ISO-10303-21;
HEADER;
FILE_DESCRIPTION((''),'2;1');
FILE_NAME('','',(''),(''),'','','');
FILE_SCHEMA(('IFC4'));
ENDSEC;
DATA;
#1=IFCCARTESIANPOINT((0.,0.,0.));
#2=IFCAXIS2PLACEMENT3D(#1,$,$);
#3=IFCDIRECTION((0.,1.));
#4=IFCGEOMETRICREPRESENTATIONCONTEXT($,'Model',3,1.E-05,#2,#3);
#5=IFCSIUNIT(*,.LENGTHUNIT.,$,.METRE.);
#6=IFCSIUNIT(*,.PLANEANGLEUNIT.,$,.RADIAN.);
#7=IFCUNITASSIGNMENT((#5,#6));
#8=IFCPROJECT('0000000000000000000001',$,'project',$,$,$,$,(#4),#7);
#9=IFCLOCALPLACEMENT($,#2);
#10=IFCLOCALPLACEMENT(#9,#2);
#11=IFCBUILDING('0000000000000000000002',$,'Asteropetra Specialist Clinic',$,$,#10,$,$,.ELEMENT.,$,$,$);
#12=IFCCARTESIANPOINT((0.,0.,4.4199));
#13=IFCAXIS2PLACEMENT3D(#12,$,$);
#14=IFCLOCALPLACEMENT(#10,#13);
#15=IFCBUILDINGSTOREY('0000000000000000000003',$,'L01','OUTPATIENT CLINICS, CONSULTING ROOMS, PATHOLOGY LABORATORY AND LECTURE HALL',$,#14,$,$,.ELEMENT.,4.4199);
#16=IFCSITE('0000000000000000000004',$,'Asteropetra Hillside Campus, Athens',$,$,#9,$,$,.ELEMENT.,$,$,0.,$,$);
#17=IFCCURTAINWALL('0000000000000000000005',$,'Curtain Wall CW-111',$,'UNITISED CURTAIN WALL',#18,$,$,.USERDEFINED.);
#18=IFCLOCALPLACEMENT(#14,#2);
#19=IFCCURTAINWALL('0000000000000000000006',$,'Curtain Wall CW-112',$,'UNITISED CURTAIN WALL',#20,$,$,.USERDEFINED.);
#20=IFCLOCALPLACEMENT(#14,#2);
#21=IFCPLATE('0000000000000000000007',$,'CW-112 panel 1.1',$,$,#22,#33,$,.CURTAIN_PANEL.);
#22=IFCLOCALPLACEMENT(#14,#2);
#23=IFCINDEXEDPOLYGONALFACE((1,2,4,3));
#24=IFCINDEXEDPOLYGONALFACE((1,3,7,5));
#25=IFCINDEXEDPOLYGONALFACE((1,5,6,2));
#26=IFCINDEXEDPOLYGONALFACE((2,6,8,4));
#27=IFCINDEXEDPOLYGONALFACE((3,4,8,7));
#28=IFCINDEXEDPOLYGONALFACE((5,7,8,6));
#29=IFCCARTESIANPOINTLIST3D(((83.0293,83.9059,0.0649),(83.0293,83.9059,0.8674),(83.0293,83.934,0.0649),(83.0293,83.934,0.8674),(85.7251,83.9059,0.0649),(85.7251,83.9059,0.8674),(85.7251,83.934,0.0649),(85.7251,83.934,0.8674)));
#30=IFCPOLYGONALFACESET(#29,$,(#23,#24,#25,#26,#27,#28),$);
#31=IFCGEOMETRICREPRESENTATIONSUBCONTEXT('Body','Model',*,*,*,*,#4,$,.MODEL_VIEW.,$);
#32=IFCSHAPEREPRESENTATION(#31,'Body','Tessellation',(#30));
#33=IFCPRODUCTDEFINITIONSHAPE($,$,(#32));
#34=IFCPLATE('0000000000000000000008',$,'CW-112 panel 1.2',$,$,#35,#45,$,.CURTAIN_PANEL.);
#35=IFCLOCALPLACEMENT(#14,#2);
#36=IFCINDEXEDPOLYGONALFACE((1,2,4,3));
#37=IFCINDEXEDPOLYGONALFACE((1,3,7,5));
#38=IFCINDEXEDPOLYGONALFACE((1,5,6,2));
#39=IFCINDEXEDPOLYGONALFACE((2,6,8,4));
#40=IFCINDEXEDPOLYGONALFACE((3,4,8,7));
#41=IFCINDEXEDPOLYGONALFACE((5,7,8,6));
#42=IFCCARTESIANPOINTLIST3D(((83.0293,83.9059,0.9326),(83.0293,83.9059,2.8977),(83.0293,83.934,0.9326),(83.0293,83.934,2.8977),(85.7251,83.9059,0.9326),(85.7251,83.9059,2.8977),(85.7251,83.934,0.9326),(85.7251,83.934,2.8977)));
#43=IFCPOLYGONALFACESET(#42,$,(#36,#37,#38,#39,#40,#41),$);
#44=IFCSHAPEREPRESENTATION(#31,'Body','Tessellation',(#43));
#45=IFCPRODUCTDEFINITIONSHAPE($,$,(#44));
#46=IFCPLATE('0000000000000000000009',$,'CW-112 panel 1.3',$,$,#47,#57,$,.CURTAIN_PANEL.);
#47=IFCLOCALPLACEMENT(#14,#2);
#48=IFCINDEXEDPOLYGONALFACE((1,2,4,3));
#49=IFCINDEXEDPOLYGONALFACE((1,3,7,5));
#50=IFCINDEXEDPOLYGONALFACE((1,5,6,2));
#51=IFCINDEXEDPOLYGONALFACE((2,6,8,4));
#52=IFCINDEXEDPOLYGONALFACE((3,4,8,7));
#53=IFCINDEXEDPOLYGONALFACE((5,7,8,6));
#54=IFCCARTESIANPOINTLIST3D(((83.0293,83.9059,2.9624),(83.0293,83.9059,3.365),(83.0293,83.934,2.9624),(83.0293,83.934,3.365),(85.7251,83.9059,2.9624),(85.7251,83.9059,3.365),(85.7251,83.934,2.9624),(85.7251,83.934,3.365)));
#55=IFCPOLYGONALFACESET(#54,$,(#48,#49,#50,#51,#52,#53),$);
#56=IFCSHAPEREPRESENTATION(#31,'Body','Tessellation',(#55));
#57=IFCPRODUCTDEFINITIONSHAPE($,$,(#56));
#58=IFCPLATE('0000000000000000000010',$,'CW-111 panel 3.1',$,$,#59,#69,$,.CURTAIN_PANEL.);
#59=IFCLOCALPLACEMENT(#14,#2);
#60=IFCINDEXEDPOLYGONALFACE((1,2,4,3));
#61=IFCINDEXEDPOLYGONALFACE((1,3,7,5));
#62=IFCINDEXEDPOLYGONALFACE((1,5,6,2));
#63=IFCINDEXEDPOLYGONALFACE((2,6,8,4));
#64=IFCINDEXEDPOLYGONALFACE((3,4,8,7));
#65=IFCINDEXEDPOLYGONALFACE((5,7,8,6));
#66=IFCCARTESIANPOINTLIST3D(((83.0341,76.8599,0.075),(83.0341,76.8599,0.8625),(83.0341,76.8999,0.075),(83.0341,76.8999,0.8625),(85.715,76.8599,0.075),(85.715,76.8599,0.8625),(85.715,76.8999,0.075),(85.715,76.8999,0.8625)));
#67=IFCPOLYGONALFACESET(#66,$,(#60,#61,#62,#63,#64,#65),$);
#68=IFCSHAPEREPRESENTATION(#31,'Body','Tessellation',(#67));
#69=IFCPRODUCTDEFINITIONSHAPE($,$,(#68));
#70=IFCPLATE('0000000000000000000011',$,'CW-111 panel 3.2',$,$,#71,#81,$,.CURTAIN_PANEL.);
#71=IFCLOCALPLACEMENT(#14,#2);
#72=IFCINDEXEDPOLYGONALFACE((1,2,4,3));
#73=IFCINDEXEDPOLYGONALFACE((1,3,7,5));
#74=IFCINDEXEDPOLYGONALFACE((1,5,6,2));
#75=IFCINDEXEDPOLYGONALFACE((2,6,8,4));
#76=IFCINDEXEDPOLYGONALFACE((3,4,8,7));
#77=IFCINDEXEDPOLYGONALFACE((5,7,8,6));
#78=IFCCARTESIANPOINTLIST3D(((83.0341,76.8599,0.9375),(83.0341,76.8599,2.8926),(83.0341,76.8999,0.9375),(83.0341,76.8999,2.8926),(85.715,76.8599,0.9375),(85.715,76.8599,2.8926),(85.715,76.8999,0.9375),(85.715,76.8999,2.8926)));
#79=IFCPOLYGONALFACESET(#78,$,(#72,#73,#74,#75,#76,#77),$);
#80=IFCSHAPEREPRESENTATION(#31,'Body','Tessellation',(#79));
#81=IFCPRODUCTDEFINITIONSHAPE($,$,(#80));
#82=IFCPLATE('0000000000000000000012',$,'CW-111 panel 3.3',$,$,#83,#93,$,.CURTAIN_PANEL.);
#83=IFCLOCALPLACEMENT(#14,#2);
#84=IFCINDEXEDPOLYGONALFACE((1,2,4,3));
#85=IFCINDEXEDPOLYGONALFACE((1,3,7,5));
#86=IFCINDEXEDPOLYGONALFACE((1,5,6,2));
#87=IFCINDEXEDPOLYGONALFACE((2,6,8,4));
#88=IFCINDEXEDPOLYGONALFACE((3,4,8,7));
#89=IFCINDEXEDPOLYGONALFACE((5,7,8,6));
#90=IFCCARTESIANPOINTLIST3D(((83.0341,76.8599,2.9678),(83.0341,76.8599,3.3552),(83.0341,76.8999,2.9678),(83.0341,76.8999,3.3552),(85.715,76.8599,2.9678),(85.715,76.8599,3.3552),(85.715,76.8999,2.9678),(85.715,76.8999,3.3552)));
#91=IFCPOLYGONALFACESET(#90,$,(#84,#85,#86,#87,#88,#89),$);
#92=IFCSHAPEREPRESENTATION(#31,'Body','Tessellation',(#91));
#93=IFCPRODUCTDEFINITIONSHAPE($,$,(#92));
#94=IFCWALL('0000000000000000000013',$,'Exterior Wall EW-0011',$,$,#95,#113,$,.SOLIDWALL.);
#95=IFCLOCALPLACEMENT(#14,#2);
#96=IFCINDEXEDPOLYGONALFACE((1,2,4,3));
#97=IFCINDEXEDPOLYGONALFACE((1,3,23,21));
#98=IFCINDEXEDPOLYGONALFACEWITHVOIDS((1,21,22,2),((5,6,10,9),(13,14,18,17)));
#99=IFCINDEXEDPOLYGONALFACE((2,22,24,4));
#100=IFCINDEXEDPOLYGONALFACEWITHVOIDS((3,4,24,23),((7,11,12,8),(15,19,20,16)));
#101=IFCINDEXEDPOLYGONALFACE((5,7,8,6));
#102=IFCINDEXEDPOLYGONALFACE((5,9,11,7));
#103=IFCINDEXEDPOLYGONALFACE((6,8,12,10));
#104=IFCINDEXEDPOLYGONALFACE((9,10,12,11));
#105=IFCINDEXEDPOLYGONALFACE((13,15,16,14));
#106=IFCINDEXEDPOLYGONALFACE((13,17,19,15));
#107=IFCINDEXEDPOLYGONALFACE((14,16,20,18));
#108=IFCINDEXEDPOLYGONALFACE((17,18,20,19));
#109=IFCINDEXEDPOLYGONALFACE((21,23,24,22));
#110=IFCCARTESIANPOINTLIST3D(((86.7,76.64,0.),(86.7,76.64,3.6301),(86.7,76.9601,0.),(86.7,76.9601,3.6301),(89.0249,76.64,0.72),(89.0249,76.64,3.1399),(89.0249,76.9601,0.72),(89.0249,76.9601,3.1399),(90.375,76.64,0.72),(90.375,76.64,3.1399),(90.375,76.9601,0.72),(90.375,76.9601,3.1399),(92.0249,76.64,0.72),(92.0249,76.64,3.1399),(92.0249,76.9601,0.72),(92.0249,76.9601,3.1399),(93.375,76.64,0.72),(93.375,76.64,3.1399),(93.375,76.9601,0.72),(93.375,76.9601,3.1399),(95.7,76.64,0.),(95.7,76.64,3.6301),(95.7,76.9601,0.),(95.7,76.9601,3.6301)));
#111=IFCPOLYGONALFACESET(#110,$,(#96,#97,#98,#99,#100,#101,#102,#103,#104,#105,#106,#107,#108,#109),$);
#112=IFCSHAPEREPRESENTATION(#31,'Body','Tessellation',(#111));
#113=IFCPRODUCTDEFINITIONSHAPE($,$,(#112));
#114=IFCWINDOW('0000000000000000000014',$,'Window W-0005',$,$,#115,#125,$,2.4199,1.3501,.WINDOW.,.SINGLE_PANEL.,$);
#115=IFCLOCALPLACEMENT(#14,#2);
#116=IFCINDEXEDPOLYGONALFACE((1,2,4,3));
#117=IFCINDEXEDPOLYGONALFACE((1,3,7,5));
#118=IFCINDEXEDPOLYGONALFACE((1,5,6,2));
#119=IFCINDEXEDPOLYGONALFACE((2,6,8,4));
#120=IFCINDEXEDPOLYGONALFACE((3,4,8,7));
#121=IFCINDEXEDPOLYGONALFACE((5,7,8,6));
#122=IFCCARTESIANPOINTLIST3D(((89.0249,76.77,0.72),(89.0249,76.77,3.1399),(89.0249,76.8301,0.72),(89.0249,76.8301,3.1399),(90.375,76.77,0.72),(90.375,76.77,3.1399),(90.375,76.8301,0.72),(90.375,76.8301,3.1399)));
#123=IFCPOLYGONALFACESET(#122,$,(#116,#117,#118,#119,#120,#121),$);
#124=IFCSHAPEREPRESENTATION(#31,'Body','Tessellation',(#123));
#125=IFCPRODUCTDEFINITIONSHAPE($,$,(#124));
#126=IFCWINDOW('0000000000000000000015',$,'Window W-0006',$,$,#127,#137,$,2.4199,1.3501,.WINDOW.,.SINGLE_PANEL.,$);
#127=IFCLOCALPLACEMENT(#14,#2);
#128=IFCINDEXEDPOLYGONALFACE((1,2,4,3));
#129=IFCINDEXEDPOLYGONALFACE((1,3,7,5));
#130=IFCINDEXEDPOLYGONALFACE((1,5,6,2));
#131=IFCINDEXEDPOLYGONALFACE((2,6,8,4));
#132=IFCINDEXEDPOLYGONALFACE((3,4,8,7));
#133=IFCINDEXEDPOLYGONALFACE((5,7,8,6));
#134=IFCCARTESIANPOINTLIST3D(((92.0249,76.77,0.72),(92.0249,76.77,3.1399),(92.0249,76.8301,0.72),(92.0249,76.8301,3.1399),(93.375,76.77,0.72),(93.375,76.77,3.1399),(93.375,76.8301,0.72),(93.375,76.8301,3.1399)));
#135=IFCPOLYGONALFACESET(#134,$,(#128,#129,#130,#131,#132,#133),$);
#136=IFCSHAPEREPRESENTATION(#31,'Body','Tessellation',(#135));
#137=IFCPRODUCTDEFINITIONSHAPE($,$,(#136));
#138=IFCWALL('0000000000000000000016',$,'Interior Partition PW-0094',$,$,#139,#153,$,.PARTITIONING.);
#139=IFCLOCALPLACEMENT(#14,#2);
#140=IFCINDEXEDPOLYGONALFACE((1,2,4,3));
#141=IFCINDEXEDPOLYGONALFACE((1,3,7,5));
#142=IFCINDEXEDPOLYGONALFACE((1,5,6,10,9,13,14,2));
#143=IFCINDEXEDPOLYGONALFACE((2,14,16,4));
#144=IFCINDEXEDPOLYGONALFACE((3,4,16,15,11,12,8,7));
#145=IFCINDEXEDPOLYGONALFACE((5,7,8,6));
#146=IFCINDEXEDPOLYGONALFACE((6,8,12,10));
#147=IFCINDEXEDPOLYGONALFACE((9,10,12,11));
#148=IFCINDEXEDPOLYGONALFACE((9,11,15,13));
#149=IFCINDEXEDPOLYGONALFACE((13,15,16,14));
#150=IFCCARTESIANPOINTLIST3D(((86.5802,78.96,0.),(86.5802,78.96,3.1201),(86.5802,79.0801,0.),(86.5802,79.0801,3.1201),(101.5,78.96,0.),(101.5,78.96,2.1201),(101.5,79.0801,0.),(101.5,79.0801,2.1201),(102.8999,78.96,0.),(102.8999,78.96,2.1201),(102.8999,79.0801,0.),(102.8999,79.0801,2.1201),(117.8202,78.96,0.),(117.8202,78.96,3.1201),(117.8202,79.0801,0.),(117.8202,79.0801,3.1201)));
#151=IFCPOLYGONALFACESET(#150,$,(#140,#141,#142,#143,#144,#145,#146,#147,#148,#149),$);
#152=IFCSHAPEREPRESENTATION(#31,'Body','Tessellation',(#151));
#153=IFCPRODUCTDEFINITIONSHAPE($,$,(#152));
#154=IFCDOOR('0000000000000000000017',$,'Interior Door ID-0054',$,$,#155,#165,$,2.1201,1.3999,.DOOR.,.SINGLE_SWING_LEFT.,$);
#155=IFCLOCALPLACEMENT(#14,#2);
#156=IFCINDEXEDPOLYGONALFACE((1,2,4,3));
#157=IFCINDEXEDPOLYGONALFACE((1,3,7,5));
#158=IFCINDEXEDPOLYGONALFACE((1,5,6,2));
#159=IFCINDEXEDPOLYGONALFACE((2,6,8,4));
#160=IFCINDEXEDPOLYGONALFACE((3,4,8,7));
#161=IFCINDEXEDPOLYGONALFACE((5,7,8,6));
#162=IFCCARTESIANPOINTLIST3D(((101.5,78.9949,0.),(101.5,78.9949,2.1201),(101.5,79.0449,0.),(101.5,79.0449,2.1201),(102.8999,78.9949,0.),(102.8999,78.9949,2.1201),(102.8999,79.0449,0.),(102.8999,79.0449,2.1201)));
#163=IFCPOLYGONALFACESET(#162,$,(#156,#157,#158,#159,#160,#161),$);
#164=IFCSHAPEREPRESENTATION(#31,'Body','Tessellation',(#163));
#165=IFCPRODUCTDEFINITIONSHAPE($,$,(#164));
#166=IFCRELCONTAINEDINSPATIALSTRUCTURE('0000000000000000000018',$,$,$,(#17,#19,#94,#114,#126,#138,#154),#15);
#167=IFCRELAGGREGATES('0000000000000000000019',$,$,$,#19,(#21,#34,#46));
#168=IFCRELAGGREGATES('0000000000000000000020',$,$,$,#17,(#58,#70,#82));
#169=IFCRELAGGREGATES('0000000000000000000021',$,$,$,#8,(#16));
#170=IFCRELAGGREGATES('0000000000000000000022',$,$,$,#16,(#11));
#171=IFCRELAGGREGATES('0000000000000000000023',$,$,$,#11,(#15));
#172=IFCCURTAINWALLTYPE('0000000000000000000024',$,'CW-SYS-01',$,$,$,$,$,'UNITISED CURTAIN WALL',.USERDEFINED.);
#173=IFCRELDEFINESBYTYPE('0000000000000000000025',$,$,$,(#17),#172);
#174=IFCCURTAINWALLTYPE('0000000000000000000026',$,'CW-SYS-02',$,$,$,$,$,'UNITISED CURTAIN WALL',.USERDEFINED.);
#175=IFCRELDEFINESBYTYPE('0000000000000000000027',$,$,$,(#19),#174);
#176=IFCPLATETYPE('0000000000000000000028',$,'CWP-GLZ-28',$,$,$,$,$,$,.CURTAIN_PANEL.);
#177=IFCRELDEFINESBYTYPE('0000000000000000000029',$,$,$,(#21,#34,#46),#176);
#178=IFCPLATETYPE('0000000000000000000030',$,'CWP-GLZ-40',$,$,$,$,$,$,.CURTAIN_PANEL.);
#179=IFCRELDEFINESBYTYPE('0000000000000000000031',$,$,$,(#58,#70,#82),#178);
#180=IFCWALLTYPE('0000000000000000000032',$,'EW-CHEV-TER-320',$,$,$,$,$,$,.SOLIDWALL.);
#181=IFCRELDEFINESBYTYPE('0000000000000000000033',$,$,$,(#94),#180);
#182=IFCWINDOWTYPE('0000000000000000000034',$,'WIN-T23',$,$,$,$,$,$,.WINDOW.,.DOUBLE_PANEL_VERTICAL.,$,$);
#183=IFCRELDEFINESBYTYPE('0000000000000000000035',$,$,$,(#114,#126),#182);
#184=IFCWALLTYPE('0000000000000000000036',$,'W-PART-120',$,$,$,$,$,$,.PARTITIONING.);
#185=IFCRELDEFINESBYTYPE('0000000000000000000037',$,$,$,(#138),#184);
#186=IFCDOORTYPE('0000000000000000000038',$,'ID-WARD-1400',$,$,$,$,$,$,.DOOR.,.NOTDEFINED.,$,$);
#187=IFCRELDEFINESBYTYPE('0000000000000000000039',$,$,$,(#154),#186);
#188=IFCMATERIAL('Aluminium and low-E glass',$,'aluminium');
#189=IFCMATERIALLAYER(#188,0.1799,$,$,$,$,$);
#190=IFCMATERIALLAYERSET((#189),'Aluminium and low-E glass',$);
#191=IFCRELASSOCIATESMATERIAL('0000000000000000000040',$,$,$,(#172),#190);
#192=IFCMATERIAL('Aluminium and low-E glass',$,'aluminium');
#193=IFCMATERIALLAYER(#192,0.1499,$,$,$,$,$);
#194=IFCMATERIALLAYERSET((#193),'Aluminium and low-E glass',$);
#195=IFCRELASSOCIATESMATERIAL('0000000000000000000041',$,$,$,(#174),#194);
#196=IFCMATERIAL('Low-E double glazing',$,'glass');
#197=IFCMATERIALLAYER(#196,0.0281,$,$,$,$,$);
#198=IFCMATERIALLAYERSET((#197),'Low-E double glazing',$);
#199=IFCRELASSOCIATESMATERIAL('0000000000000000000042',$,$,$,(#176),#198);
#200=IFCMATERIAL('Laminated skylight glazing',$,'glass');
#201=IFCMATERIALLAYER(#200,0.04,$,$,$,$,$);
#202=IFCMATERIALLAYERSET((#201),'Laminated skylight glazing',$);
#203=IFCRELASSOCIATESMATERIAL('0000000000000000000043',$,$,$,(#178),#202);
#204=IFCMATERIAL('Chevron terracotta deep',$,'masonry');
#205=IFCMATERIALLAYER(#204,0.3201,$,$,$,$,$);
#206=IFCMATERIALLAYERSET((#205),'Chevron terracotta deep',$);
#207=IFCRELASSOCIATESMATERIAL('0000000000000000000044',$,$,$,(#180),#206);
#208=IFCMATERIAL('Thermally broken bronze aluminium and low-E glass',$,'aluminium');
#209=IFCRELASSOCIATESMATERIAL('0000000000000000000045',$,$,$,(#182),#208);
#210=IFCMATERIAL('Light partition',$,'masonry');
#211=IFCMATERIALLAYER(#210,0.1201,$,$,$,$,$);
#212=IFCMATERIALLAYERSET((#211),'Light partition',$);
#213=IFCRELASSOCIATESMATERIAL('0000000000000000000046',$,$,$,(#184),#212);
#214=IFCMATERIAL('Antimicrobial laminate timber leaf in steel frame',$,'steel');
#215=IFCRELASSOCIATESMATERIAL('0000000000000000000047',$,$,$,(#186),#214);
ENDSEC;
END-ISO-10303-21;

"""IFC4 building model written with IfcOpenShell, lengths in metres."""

from ifc_helpers import new_model, si_unit, direction, frame, frame_2d, origin, origin_2d, place, context, subcontext, project, spatial, rectangle, extrude, material, layer, layer_set, type_object, element, fill, aggregate, save


model = new_model("IFC4")

# Units and contexts
model_context = context("Model", 3, precision=1e-05, world=origin(), true_north=direction((0.0, 1.0)))
body_context = subcontext(model_context, "Body", "Model", "MODEL_VIEW")
ifc_project = project(units=[si_unit("LENGTHUNIT", "METRE"), si_unit("PLANEANGLEUNIT", "RADIAN")], contexts=[model_context])

# Site, building, storey
site_placement = place(None, origin())
site = spatial("IfcSite", under=ifc_project, at=site_placement, Name="Asteropetra Hillside Campus, Athens", CompositionType="ELEMENT", RefElevation=0.0)
building_placement = place(site_placement, origin())
building = spatial("IfcBuilding", under=site, at=building_placement, Name="Asteropetra Specialist Clinic", CompositionType="ELEMENT")
storey_placement = place(building_placement, frame((0.0, 0.0, 4.4199)))
storey = spatial("IfcBuildingStorey", under=building, at=storey_placement, Name="L01", Description="OUTPATIENT CLINICS, CONSULTING ROOMS, PATHOLOGY LABORATORY AND LECTURE HALL", CompositionType="ELEMENT", Elevation=4.4199)

# Curtain wall
ifc_material_1 = material(Name="Aluminium and low-E glass", Category="aluminium")
ifc_layer_1 = layer(ifc_material_1, 0.1799)
ifc_layer_set_1 = layer_set([ifc_layer_1], Name="Aluminium and low-E glass")
curtain_wall_type_1 = type_object("IfcCurtainWallType", Name="CW-SYS-01", ElementType="UNITISED CURTAIN WALL", PredefinedType="USERDEFINED", material=ifc_layer_set_1)
curtain_wall_1_placement = place(storey_placement, origin())
curtain_wall_1 = element("IfcCurtainWall", 1, at=curtain_wall_1_placement, inside=storey, type_object=curtain_wall_type_1, Name="Curtain Wall CW-111", ObjectType="UNITISED CURTAIN WALL", PredefinedType="USERDEFINED")

# Curtain wall, plates
ifc_material_2 = material(Name="Aluminium and low-E glass", Category="aluminium")
ifc_layer_2 = layer(ifc_material_2, 0.1499)
ifc_layer_set_2 = layer_set([ifc_layer_2], Name="Aluminium and low-E glass")
curtain_wall_type_2 = type_object("IfcCurtainWallType", Name="CW-SYS-02", ElementType="UNITISED CURTAIN WALL", PredefinedType="USERDEFINED", material=ifc_layer_set_2)
curtain_wall_2_placement = place(storey_placement, origin())
curtain_wall_2 = element("IfcCurtainWall", 2, at=curtain_wall_2_placement, inside=storey, type_object=curtain_wall_type_2, Name="Curtain Wall CW-112", ObjectType="UNITISED CURTAIN WALL", PredefinedType="USERDEFINED")
ifc_material_3 = material(Name="Low-E double glazing", Category="glass")
ifc_layer_3 = layer(ifc_material_3, 0.0281)
ifc_layer_set_3 = layer_set([ifc_layer_3], Name="Low-E double glazing")
plate_type_1 = type_object("IfcPlateType", Name="CWP-GLZ-28", PredefinedType="CURTAIN_PANEL", material=ifc_layer_set_3)
plate_1_placement = place(storey_placement, frame((84.3772, 83.9199, 0.0649), z_axis=(0.0, 0.0, 1.0), x_axis=(-1.0, 0.0, 0.0)))
plate_1 = element("IfcPlate", 3, at=plate_1_placement, type_object=plate_type_1, Name="CW-112 panel 1.1", PredefinedType="CURTAIN_PANEL", context=body_context, shape_type="SweptSolid", body=[
    extrude(rectangle(XDim=2.6958, YDim=0.0281, at=origin_2d()), origin(), (0.0, 0.0, 1.0), 0.8025),
])
plate_2_placement = place(storey_placement, frame((84.3772, 83.9199, 0.9326), z_axis=(0.0, 0.0, 1.0), x_axis=(-1.0, 0.0, 0.0)))
plate_2 = element("IfcPlate", 4, at=plate_2_placement, type_object=plate_type_1, Name="CW-112 panel 1.2", PredefinedType="CURTAIN_PANEL", context=body_context, shape_type="SweptSolid", body=[
    extrude(rectangle(XDim=2.6958, YDim=0.0281, at=origin_2d()), origin(), (0.0, 0.0, 1.0), 1.9651),
])
plate_3_placement = place(storey_placement, frame((84.3772, 83.9199, 2.9624), z_axis=(0.0, 0.0, 1.0), x_axis=(-1.0, 0.0, 0.0)))
plate_3 = element("IfcPlate", 5, at=plate_3_placement, type_object=plate_type_1, Name="CW-112 panel 1.3", PredefinedType="CURTAIN_PANEL", context=body_context, shape_type="SweptSolid", body=[
    extrude(rectangle(XDim=2.6958, YDim=0.0281, at=origin_2d()), origin(), (0.0, 0.0, 1.0), 0.4026),
])
aggregate(curtain_wall_2, [plate_1, plate_2, plate_3])

# Plates
ifc_material_4 = material(Name="Laminated skylight glazing", Category="glass")
ifc_layer_4 = layer(ifc_material_4, 0.04)
ifc_layer_set_4 = layer_set([ifc_layer_4], Name="Laminated skylight glazing")
plate_type_2 = type_object("IfcPlateType", Name="CWP-GLZ-40", PredefinedType="CURTAIN_PANEL", material=ifc_layer_set_4)
plate_4_placement = place(storey_placement, frame((84.3745, 76.8799, 0.075), z_axis=(0.0, 0.0, 1.0), x_axis=(1.0, 0.0, 0.0)))
plate_4 = element("IfcPlate", 6, at=plate_4_placement, type_object=plate_type_2, Name="CW-111 panel 3.1", PredefinedType="CURTAIN_PANEL", context=body_context, shape_type="SweptSolid", body=[
    extrude(rectangle(XDim=2.6809, YDim=0.04, at=origin_2d()), origin(), (0.0, 0.0, 1.0), 0.7876),
])
plate_5_placement = place(storey_placement, frame((84.3745, 76.8799, 0.9375), z_axis=(0.0, 0.0, 1.0), x_axis=(1.0, 0.0, 0.0)))
plate_5 = element("IfcPlate", 7, at=plate_5_placement, type_object=plate_type_2, Name="CW-111 panel 3.2", PredefinedType="CURTAIN_PANEL", context=body_context, shape_type="SweptSolid", body=[
    extrude(rectangle(XDim=2.6809, YDim=0.04, at=origin_2d()), origin(), (0.0, 0.0, 1.0), 1.9551),
])
plate_6_placement = place(storey_placement, frame((84.3745, 76.8799, 2.9678), z_axis=(0.0, 0.0, 1.0), x_axis=(1.0, 0.0, 0.0)))
plate_6 = element("IfcPlate", 8, at=plate_6_placement, type_object=plate_type_2, Name="CW-111 panel 3.3", PredefinedType="CURTAIN_PANEL", context=body_context, shape_type="SweptSolid", body=[
    extrude(rectangle(XDim=2.6809, YDim=0.04, at=origin_2d()), origin(), (0.0, 0.0, 1.0), 0.3875),
])
aggregate(curtain_wall_1, [plate_4, plate_5, plate_6])

# Wall, openings, windows
ifc_material_5 = material(Name="Chevron terracotta deep", Category="masonry")
ifc_layer_5 = layer(ifc_material_5, 0.3201)
ifc_layer_set_5 = layer_set([ifc_layer_5], Name="Chevron terracotta deep")
wall_type_1 = type_object("IfcWallType", Name="EW-CHEV-TER-320", PredefinedType="SOLIDWALL", material=ifc_layer_set_5)
wall_1_placement = place(storey_placement, frame((86.7, 76.8, 0.0), z_axis=(0.0, 0.0, 1.0), x_axis=(1.0, 0.0, 0.0)))
wall_1 = element("IfcWall", 9, at=wall_1_placement, inside=storey, type_object=wall_type_1, Name="Exterior Wall EW-0011", PredefinedType="SOLIDWALL", context=body_context, shape_type="SweptSolid", body=[
    extrude(rectangle(XDim=9.0, YDim=0.3201, at=frame_2d((4.5, 0.0))), origin(), (0.0, 0.0, 1.0), 3.6301),
])
opening_1_placement = place(wall_1_placement, frame((2.325, 0.0, 0.72)))
opening_1 = element("IfcOpeningElement", 10, at=opening_1_placement, cuts=wall_1, PredefinedType="OPENING", context=body_context, shape_type="SweptSolid", body=[
    extrude(rectangle(XDim=1.3501, YDim=2.4199, at=frame_2d((0.675, 1.21))), frame((0.0, 0.1699, 0.0), z_axis=(0.0, -1.0, 0.0), x_axis=(1.0, 0.0, 0.0)), (0.0, 0.0, 1.0), 0.3401),
])
opening_2_placement = place(wall_1_placement, frame((5.325, 0.0, 0.72)))
opening_2 = element("IfcOpeningElement", 11, at=opening_2_placement, cuts=wall_1, PredefinedType="OPENING", context=body_context, shape_type="SweptSolid", body=[
    extrude(rectangle(XDim=1.3501, YDim=2.4199, at=frame_2d((0.675, 1.21))), frame((0.0, 0.1699, 0.0), z_axis=(0.0, -1.0, 0.0), x_axis=(1.0, 0.0, 0.0)), (0.0, 0.0, 1.0), 0.3401),
])
ifc_material_6 = material(Name="Thermally broken bronze aluminium and low-E glass", Category="aluminium")
window_type = type_object("IfcWindowType", Name="WIN-T23", PartitioningType="DOUBLE_PANEL_VERTICAL", PredefinedType="WINDOW", material=ifc_material_6)
window_1_placement = place(opening_1_placement, origin())
window_1 = element("IfcWindow", 12, at=window_1_placement, inside=storey, type_object=window_type, Name="Window W-0005", OverallHeight=2.4199, OverallWidth=1.3501, PartitioningType="SINGLE_PANEL", PredefinedType="WINDOW", context=body_context, shape_type="SweptSolid", body=[
    extrude(rectangle(XDim=1.3501, YDim=2.4199, at=frame_2d((0.675, 1.21))), frame((0.0, 0.03, 0.0), z_axis=(0.0, -1.0, 0.0), x_axis=(1.0, 0.0, 0.0)), (0.0, 0.0, 1.0), 0.0601),
])
fill(opening_1, window_1)
window_2_placement = place(opening_2_placement, origin())
window_2 = element("IfcWindow", 13, at=window_2_placement, inside=storey, type_object=window_type, Name="Window W-0006", OverallHeight=2.4199, OverallWidth=1.3501, PartitioningType="SINGLE_PANEL", PredefinedType="WINDOW", context=body_context, shape_type="SweptSolid", body=[
    extrude(rectangle(XDim=1.3501, YDim=2.4199, at=frame_2d((0.675, 1.21))), frame((0.0, 0.03, 0.0), z_axis=(0.0, -1.0, 0.0), x_axis=(1.0, 0.0, 0.0)), (0.0, 0.0, 1.0), 0.0601),
])
fill(opening_2, window_2)

# Wall, opening, door
ifc_material_7 = material(Name="Light partition", Category="masonry")
ifc_layer_6 = layer(ifc_material_7, 0.1201)
ifc_layer_set_6 = layer_set([ifc_layer_6], Name="Light partition")
wall_type_2 = type_object("IfcWallType", Name="W-PART-120", PredefinedType="PARTITIONING", material=ifc_layer_set_6)
wall_2_placement = place(storey_placement, frame((86.5801, 79.02, 0.0), z_axis=(0.0, 0.0, 1.0), x_axis=(1.0, 0.0, 0.0)))
wall_2 = element("IfcWall", 14, at=wall_2_placement, inside=storey, type_object=wall_type_2, Name="Interior Partition PW-0094", PredefinedType="PARTITIONING", context=body_context, shape_type="SweptSolid", body=[
    extrude(rectangle(XDim=31.24, YDim=0.1201, at=frame_2d((15.6201, 0.0))), origin(), (0.0, 0.0, 1.0), 3.1201),
])
opening_3_placement = place(wall_2_placement, frame((14.9199, 0.0, 0.0)))
opening_3 = element("IfcOpeningElement", 15, at=opening_3_placement, cuts=wall_2, PredefinedType="OPENING", context=body_context, shape_type="SweptSolid", body=[
    extrude(rectangle(XDim=1.3999, YDim=2.1201, at=frame_2d((0.7, 1.0601))), frame((0.0, 0.0701, 0.0), z_axis=(0.0, -1.0, 0.0), x_axis=(1.0, 0.0, 0.0)), (0.0, 0.0, 1.0), 0.1401),
])
ifc_material_8 = material(Name="Antimicrobial laminate timber leaf in steel frame", Category="steel")
door_type = type_object("IfcDoorType", Name="ID-WARD-1400", OperationType="NOTDEFINED", PredefinedType="DOOR", material=ifc_material_8)
door_placement = place(opening_3_placement, origin())
door = element("IfcDoor", 16, at=door_placement, inside=storey, type_object=door_type, Name="Interior Door ID-0054", OperationType="SINGLE_SWING_LEFT", OverallHeight=2.1201, OverallWidth=1.3999, PredefinedType="DOOR", context=body_context, shape_type="SweptSolid", body=[
    extrude(rectangle(XDim=1.3999, YDim=2.1201, at=frame_2d((0.7, 1.0601))), frame((0.0, 0.0249, 0.0), z_axis=(0.0, -1.0, 0.0), x_axis=(1.0, 0.0, 0.0)), (0.0, 0.0, 1.0), 0.05),
])
fill(opening_3, door)

save(model, "model.ifc")
